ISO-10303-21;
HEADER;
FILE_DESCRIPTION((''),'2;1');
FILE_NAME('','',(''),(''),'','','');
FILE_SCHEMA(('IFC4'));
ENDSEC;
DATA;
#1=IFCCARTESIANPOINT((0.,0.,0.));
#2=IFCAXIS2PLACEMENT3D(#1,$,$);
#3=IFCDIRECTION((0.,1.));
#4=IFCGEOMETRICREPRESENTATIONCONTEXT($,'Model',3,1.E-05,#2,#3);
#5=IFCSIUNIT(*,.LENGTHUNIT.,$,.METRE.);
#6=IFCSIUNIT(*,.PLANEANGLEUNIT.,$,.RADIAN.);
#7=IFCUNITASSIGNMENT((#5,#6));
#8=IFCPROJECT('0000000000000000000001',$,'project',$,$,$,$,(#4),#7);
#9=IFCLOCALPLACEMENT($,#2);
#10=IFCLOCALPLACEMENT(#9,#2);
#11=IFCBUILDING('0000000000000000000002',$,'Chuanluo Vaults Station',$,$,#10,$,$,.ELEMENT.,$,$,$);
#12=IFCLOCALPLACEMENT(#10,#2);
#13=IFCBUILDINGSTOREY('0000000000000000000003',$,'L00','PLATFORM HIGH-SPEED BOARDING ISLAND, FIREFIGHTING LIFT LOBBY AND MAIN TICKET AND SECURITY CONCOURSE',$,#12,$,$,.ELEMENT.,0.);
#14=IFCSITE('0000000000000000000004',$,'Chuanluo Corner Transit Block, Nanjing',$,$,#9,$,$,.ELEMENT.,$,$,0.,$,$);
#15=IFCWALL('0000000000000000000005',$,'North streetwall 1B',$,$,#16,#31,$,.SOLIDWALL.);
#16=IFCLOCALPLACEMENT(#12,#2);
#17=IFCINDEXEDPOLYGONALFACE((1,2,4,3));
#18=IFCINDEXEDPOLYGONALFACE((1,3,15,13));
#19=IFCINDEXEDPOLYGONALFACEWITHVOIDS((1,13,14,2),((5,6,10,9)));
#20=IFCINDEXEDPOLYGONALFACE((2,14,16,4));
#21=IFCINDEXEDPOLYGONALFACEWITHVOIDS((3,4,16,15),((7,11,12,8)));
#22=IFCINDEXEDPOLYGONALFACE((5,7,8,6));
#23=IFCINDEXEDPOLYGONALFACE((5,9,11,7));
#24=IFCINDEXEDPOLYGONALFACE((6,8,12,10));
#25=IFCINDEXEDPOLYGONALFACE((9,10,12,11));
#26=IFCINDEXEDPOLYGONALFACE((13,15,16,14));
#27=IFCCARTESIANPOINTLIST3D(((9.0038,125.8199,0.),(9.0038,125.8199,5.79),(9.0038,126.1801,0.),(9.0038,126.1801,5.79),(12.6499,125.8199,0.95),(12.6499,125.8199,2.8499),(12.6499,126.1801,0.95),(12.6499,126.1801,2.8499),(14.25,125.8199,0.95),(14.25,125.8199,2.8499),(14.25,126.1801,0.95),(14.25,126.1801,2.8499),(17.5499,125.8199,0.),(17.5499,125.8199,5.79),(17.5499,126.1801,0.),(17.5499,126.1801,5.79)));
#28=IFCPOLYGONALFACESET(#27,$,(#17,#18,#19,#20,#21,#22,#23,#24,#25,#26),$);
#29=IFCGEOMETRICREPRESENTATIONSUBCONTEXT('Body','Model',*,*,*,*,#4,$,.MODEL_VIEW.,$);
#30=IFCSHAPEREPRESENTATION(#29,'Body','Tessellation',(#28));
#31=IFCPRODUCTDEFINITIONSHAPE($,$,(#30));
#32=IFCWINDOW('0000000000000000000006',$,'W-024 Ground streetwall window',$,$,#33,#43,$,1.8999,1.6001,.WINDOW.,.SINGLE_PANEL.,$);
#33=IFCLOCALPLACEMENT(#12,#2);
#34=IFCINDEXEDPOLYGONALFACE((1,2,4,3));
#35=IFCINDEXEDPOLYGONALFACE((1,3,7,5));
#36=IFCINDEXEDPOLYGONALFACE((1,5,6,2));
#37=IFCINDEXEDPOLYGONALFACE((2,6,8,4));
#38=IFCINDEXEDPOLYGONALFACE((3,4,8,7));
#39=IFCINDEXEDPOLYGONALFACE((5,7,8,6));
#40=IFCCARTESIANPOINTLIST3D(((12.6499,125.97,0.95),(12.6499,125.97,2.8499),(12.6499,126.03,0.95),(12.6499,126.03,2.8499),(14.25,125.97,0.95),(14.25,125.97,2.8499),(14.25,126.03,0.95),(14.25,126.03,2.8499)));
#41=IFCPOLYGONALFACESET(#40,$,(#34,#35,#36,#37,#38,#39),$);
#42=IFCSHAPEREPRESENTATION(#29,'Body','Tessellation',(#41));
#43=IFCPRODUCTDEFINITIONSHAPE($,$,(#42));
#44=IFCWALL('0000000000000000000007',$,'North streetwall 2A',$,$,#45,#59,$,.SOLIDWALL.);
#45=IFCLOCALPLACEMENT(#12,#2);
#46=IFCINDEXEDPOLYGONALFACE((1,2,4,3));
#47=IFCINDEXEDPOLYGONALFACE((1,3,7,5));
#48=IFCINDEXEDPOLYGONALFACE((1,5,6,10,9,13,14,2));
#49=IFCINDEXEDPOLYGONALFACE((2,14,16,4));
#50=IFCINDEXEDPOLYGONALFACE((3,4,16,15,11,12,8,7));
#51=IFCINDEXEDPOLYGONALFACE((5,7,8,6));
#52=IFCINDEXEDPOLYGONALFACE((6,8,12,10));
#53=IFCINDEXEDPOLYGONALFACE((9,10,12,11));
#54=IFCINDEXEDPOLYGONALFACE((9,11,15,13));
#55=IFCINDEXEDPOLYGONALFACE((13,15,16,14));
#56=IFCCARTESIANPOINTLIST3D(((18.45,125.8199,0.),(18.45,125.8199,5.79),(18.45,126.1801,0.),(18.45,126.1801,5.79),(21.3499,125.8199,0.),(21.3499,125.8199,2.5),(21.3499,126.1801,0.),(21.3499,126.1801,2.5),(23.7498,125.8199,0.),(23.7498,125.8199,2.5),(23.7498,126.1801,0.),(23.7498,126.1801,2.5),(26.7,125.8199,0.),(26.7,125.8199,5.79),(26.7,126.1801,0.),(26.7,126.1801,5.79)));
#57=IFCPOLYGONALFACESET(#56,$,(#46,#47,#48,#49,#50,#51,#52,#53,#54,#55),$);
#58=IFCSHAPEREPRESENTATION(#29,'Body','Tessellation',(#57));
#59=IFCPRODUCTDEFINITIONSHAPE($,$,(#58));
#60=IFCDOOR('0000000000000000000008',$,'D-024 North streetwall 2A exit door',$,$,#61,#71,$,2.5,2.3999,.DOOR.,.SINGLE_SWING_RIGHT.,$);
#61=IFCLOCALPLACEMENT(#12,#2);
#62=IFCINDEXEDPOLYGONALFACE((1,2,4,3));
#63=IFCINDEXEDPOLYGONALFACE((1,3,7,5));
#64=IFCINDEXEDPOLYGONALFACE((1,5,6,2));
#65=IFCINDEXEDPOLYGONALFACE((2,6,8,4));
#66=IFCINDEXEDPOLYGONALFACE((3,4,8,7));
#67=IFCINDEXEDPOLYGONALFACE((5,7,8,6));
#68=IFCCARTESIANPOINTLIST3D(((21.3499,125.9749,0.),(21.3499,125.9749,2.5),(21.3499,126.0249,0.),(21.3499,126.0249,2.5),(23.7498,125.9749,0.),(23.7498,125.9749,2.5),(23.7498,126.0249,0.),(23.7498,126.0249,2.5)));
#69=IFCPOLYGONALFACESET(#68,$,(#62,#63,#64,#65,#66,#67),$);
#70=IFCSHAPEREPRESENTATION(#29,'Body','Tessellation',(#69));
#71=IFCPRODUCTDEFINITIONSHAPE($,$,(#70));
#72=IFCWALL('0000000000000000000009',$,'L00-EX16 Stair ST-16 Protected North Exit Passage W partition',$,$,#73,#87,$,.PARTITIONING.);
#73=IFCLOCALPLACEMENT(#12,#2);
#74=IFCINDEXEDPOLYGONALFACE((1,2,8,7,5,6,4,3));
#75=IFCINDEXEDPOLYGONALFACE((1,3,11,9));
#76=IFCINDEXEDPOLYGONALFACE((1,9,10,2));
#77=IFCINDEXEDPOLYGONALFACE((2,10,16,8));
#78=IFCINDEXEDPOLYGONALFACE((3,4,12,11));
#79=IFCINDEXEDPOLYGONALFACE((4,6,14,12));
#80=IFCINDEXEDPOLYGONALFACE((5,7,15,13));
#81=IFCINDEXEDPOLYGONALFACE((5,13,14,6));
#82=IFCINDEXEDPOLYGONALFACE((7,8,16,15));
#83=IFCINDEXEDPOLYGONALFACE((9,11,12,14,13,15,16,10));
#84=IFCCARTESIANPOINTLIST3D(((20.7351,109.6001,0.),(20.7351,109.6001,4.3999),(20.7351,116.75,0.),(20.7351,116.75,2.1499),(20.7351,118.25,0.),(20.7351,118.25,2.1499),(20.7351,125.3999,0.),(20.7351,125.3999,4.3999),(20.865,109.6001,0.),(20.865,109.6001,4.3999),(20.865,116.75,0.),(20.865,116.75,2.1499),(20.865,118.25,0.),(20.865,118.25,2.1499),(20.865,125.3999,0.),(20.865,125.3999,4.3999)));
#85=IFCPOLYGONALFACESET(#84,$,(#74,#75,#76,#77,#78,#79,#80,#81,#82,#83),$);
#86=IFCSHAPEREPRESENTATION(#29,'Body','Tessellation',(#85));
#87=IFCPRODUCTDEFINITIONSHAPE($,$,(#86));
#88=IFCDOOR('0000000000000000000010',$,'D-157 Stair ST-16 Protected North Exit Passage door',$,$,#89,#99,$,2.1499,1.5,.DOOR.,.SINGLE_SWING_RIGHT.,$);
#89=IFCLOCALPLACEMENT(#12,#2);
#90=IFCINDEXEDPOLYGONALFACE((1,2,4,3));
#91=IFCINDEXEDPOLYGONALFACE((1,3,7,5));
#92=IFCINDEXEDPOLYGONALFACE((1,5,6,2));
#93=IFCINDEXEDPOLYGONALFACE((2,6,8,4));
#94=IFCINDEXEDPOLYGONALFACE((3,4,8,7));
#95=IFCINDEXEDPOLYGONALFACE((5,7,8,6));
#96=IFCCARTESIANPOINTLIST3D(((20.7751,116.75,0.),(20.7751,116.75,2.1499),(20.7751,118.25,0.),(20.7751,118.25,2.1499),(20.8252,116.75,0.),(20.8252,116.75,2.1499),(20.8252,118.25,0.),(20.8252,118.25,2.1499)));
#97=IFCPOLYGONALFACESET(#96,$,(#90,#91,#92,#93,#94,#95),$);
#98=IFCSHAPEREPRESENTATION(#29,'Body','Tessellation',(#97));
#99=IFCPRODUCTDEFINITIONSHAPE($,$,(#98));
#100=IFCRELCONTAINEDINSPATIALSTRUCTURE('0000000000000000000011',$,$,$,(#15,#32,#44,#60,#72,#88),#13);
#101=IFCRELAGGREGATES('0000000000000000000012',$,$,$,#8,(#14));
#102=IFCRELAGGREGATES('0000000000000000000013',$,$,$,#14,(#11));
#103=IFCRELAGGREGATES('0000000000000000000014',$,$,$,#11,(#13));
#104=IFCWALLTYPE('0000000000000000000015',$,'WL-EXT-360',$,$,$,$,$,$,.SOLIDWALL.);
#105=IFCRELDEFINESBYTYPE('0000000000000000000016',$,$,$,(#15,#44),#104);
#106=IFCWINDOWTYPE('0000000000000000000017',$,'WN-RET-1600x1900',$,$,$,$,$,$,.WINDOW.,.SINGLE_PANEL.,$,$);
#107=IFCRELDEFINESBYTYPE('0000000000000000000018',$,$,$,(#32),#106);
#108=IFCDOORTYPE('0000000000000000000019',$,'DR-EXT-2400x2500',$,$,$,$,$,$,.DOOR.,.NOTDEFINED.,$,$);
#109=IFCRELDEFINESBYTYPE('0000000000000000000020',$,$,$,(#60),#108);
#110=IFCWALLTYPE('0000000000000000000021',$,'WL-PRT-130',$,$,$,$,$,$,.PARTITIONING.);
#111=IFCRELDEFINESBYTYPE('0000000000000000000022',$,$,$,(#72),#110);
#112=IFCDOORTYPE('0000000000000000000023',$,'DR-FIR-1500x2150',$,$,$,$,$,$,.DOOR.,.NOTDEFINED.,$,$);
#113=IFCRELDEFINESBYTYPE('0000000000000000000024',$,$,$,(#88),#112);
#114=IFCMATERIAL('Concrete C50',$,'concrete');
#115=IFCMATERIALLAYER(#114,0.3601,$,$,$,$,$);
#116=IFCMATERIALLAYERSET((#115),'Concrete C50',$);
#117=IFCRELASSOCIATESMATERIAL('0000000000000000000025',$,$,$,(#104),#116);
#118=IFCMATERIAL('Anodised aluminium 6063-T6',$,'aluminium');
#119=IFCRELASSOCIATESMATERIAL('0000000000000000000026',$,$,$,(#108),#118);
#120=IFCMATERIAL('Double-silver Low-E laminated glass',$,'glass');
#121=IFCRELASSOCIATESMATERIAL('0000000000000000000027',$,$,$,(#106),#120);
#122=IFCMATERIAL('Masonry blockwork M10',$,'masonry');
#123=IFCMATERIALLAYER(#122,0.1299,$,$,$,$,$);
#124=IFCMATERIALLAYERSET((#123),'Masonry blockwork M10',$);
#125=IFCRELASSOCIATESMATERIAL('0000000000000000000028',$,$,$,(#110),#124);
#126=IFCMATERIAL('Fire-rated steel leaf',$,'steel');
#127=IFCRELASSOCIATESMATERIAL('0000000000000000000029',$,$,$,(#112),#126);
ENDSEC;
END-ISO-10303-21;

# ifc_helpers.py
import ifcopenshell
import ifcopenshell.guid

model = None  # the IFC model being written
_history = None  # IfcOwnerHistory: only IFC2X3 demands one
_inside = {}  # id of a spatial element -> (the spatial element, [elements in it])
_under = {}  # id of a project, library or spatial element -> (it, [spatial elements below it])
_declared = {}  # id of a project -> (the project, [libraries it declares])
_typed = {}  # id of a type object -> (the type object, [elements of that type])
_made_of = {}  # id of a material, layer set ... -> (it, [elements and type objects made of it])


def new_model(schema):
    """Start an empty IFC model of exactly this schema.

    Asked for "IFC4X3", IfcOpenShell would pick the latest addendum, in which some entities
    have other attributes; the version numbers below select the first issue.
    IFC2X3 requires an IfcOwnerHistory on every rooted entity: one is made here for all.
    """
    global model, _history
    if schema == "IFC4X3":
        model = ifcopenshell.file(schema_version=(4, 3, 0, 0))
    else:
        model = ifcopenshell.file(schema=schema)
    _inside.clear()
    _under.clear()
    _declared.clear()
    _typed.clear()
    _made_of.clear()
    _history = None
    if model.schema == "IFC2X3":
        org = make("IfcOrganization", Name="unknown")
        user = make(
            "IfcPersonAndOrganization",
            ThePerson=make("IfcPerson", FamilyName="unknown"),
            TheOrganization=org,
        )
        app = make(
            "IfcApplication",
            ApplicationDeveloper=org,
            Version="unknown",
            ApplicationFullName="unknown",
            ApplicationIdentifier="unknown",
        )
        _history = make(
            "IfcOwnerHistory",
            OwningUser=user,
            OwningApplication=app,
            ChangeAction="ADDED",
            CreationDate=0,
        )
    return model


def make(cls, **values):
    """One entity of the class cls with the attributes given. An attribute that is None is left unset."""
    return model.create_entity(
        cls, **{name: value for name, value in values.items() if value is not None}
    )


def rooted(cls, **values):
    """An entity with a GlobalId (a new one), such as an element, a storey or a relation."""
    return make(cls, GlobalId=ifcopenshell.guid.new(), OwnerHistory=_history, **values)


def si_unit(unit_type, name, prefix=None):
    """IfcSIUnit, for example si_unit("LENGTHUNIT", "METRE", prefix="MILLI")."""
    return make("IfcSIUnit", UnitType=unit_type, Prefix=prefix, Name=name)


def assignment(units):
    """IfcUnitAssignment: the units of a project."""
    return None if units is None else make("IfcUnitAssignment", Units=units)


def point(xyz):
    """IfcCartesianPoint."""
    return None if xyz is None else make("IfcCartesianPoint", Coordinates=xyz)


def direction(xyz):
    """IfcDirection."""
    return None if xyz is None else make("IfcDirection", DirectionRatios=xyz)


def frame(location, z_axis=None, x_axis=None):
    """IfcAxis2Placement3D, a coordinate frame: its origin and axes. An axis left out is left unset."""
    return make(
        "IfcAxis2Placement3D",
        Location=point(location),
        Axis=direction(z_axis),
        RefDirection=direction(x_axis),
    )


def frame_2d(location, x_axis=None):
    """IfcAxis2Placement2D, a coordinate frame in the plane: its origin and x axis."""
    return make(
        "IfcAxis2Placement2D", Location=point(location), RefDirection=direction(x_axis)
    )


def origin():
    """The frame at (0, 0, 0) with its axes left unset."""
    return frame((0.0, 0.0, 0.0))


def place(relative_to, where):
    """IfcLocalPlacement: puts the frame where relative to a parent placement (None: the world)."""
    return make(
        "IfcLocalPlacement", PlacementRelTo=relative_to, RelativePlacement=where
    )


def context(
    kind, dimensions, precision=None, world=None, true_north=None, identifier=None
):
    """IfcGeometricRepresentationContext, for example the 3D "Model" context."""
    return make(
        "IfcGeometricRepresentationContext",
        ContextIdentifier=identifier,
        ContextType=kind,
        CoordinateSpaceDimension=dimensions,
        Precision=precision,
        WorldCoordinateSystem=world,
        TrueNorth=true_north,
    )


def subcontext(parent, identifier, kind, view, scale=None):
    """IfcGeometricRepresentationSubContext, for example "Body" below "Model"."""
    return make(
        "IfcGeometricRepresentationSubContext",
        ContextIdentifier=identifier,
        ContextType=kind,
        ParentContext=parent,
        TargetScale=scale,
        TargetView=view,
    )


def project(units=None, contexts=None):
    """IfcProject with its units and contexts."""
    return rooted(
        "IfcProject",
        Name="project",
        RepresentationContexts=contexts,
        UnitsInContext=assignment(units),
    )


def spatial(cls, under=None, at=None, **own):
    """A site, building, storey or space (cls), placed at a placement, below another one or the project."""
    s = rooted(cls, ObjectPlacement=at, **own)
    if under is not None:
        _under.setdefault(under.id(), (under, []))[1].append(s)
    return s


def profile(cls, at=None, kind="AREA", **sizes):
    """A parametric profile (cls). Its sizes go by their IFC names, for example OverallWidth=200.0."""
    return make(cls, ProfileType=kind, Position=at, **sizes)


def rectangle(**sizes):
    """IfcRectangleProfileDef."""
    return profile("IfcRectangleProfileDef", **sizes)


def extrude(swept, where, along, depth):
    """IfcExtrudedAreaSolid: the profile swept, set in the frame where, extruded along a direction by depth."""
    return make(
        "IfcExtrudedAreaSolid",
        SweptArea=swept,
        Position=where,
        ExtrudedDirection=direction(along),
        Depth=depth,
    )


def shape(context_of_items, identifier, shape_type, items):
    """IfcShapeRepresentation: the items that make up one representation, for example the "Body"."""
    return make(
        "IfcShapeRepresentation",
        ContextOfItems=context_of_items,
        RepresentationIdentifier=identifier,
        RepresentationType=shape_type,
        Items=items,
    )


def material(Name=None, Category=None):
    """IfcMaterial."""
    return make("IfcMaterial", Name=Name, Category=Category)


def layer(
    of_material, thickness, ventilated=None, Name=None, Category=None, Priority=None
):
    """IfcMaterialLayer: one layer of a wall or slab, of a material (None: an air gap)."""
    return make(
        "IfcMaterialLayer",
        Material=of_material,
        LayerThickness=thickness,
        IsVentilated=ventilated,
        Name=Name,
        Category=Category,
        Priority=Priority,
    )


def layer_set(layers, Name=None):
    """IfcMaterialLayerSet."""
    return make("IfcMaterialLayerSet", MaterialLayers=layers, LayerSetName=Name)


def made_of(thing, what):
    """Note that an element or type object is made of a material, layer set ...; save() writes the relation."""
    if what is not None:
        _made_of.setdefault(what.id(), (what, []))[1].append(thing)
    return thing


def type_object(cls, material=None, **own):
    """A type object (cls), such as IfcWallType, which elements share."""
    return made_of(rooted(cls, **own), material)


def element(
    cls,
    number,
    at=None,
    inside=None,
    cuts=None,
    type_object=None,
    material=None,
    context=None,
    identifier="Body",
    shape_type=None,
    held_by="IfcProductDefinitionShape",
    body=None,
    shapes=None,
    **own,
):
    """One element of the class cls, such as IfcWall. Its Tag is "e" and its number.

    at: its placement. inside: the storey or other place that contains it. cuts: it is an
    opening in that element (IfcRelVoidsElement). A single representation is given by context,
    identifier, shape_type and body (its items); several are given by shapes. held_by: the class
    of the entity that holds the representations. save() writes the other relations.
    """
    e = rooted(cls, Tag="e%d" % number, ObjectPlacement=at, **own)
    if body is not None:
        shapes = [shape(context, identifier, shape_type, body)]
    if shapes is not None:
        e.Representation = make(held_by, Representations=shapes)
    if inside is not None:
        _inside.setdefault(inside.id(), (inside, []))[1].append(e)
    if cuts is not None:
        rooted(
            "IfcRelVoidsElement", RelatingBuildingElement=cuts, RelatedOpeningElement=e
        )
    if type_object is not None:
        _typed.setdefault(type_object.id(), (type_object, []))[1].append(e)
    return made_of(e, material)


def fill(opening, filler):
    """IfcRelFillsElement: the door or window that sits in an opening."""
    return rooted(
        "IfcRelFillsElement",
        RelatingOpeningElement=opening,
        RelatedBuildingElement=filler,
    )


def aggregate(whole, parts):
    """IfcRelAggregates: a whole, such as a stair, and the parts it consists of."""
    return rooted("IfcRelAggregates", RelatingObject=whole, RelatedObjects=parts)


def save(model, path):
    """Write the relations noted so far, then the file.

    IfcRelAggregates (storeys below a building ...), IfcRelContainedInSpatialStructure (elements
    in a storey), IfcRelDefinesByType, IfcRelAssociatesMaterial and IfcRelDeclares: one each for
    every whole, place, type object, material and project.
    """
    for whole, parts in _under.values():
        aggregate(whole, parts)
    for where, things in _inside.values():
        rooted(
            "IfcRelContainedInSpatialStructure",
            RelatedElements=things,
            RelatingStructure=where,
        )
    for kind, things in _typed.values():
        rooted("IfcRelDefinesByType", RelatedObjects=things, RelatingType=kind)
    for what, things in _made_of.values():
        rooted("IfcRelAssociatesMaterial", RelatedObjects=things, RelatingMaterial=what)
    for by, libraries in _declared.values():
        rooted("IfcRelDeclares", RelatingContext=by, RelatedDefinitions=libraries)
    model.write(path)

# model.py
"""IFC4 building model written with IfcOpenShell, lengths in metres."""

from ifc_helpers import new_model, si_unit, direction, frame, frame_2d, origin, place, context, subcontext, project, spatial, rectangle, extrude, material, layer, layer_set, type_object, element, fill, save


model = new_model("IFC4")

# Units and contexts
model_context = context("Model", 3, precision=1e-05, world=origin(), true_north=direction((0.0, 1.0)))
body_context = subcontext(model_context, "Body", "Model", "MODEL_VIEW")
ifc_project = project(units=[si_unit("LENGTHUNIT", "METRE"), si_unit("PLANEANGLEUNIT", "RADIAN")], contexts=[model_context])

# Site, building, storey
site_placement = place(None, origin())
site = spatial("IfcSite", under=ifc_project, at=site_placement, Name="Chuanluo Corner Transit Block, Nanjing", CompositionType="ELEMENT", RefElevation=0.0)
building_placement = place(site_placement, origin())
building = spatial("IfcBuilding", under=site, at=building_placement, Name="Chuanluo Vaults Station", CompositionType="ELEMENT")
storey_placement = place(building_placement, origin())
storey = spatial("IfcBuildingStorey", under=building, at=storey_placement, Name="L00", Description="PLATFORM HIGH-SPEED BOARDING ISLAND, FIREFIGHTING LIFT LOBBY AND MAIN TICKET AND SECURITY CONCOURSE", CompositionType="ELEMENT", Elevation=0.0)

# Shared definitions
ifc_material_1 = material(Name="Concrete C50", Category="concrete")
ifc_layer_1 = layer(ifc_material_1, 0.3601)
ifc_layer_set_1 = layer_set([ifc_layer_1], Name="Concrete C50")
wall_type_1 = type_object("IfcWallType", Name="WL-EXT-360", PredefinedType="SOLIDWALL", material=ifc_layer_set_1)
ifc_material_2 = material(Name="Anodised aluminium 6063-T6", Category="aluminium")
door_type_1 = type_object("IfcDoorType", Name="DR-EXT-2400x2500", OperationType="NOTDEFINED", PredefinedType="DOOR", material=ifc_material_2)

# Wall, opening, window
wall_1_placement = place(storey_placement, frame((9.0039, 126.0, 0.0), z_axis=(0.0, 0.0, 1.0), x_axis=(1.0, 0.0, 0.0)))
wall_1 = element("IfcWall", 1, at=wall_1_placement, inside=storey, type_object=wall_type_1, Name="North streetwall 1B", PredefinedType="SOLIDWALL", context=body_context, shape_type="SweptSolid", body=[
    extrude(rectangle(XDim=8.5461, YDim=0.3601, at=frame_2d((4.2729, 0.0))), origin(), (0.0, 0.0, 1.0), 5.79),
])
opening_1_placement = place(wall_1_placement, frame((3.646, 0.0, 0.95)))
opening_1 = element("IfcOpeningElement", 2, at=opening_1_placement, cuts=wall_1, PredefinedType="OPENING", context=body_context, shape_type="SweptSolid", body=[
    extrude(rectangle(XDim=1.6001, YDim=1.8999, at=frame_2d((0.8, 0.95))), frame((0.0, 0.1902, 0.0), z_axis=(0.0, -1.0, 0.0), x_axis=(1.0, 0.0, 0.0)), (0.0, 0.0, 1.0), 0.3801),
])
ifc_material_3 = material(Name="Double-silver Low-E laminated glass", Category="glass")
window_type_1 = type_object("IfcWindowType", Name="WN-RET-1600x1900", PartitioningType="SINGLE_PANEL", PredefinedType="WINDOW", material=ifc_material_3)
window_1_placement = place(opening_1_placement, origin())
window_1 = element("IfcWindow", 3, at=window_1_placement, inside=storey, type_object=window_type_1, Name="W-024 Ground streetwall window", OverallHeight=1.8999, OverallWidth=1.6001, PartitioningType="SINGLE_PANEL", PredefinedType="WINDOW", context=body_context, shape_type="SweptSolid", body=[
    extrude(rectangle(XDim=1.6001, YDim=1.8999, at=frame_2d((0.8, 0.95))), frame((0.0, 0.03, 0.0), z_axis=(0.0, -1.0, 0.0), x_axis=(1.0, 0.0, 0.0)), (0.0, 0.0, 1.0), 0.0601),
])
fill(opening_1, window_1)

# Walls, openings, doors
wall_2_placement = place(storey_placement, frame((18.45, 126.0, 0.0), z_axis=(0.0, 0.0, 1.0), x_axis=(1.0, 0.0, 0.0)))
wall_2 = element("IfcWall", 4, at=wall_2_placement, inside=storey, type_object=wall_type_1, Name="North streetwall 2A", PredefinedType="SOLIDWALL", context=body_context, shape_type="SweptSolid", body=[
    extrude(rectangle(XDim=8.25, YDim=0.3601, at=frame_2d((4.125, 0.0))), origin(), (0.0, 0.0, 1.0), 5.79),
])
opening_2_placement = place(wall_2_placement, frame((2.8999, 0.0, 0.0)))
opening_2 = element("IfcOpeningElement", 5, at=opening_2_placement, cuts=wall_2, PredefinedType="OPENING", context=body_context, shape_type="SweptSolid", body=[
    extrude(rectangle(XDim=2.3999, YDim=2.5, at=frame_2d((1.2, 1.25))), frame((0.0, 0.1902, 0.0), z_axis=(0.0, -1.0, 0.0), x_axis=(1.0, 0.0, 0.0)), (0.0, 0.0, 1.0), 0.3801),
])
door_1_placement = place(opening_2_placement, origin())
door_1 = element("IfcDoor", 6, at=door_1_placement, inside=storey, type_object=door_type_1, Name="D-024 North streetwall 2A exit door", OperationType="SINGLE_SWING_RIGHT", OverallHeight=2.5, OverallWidth=2.3999, PredefinedType="DOOR", context=body_context, shape_type="SweptSolid", body=[
    extrude(rectangle(XDim=2.3999, YDim=2.5, at=frame_2d((1.2, 1.25))), frame((0.0, 0.0249, 0.0), z_axis=(0.0, -1.0, 0.0), x_axis=(1.0, 0.0, 0.0)), (0.0, 0.0, 1.0), 0.05),
])
fill(opening_2, door_1)
ifc_material_4 = material(Name="Masonry blockwork M10", Category="masonry")
ifc_layer_2 = layer(ifc_material_4, 0.1299)
ifc_layer_set_2 = layer_set([ifc_layer_2], Name="Masonry blockwork M10")
wall_type_2 = type_object("IfcWallType", Name="WL-PRT-130", PredefinedType="PARTITIONING", material=ifc_layer_set_2)
wall_3_placement = place(storey_placement, frame((20.8, 109.6001, 0.0), z_axis=(0.0, 0.0, 1.0), x_axis=(0.0, 1.0, 0.0)))
wall_3 = element("IfcWall", 7, at=wall_3_placement, inside=storey, type_object=wall_type_2, Name="L00-EX16 Stair ST-16 Protected North Exit Passage W partition", PredefinedType="PARTITIONING", context=body_context, shape_type="SweptSolid", body=[
    extrude(rectangle(XDim=15.7998, YDim=0.1299, at=frame_2d((7.8999, 0.0))), origin(), (0.0, 0.0, 1.0), 4.3999),
])
opening_3_placement = place(wall_3_placement, frame((7.1499, 0.0, 0.0)))
opening_3 = element("IfcOpeningElement", 8, at=opening_3_placement, cuts=wall_3, PredefinedType="OPENING", context=body_context, shape_type="SweptSolid", body=[
    extrude(rectangle(XDim=1.5, YDim=2.1499, at=frame_2d((0.75, 1.075))), frame((0.0, 0.0749, 0.0), z_axis=(0.0, -1.0, 0.0), x_axis=(1.0, 0.0, 0.0)), (0.0, 0.0, 1.0), 0.1499),
])
ifc_material_5 = material(Name="Fire-rated steel leaf", Category="steel")
door_type_2 = type_object("IfcDoorType", Name="DR-FIR-1500x2150", OperationType="NOTDEFINED", PredefinedType="DOOR", material=ifc_material_5)
door_2_placement = place(opening_3_placement, origin())
door_2 = element("IfcDoor", 9, at=door_2_placement, inside=storey, type_object=door_type_2, Name="D-157 Stair ST-16 Protected North Exit Passage door", OperationType="SINGLE_SWING_RIGHT", OverallHeight=2.1499, OverallWidth=1.5, PredefinedType="DOOR", context=body_context, shape_type="SweptSolid", body=[
    extrude(rectangle(XDim=1.5, YDim=2.1499, at=frame_2d((0.75, 1.075))), frame((0.0, 0.0249, 0.0), z_axis=(0.0, -1.0, 0.0), x_axis=(1.0, 0.0, 0.0)), (0.0, 0.0, 1.0), 0.05),
])
fill(opening_3, door_2)

save(model, "model.ifc")
